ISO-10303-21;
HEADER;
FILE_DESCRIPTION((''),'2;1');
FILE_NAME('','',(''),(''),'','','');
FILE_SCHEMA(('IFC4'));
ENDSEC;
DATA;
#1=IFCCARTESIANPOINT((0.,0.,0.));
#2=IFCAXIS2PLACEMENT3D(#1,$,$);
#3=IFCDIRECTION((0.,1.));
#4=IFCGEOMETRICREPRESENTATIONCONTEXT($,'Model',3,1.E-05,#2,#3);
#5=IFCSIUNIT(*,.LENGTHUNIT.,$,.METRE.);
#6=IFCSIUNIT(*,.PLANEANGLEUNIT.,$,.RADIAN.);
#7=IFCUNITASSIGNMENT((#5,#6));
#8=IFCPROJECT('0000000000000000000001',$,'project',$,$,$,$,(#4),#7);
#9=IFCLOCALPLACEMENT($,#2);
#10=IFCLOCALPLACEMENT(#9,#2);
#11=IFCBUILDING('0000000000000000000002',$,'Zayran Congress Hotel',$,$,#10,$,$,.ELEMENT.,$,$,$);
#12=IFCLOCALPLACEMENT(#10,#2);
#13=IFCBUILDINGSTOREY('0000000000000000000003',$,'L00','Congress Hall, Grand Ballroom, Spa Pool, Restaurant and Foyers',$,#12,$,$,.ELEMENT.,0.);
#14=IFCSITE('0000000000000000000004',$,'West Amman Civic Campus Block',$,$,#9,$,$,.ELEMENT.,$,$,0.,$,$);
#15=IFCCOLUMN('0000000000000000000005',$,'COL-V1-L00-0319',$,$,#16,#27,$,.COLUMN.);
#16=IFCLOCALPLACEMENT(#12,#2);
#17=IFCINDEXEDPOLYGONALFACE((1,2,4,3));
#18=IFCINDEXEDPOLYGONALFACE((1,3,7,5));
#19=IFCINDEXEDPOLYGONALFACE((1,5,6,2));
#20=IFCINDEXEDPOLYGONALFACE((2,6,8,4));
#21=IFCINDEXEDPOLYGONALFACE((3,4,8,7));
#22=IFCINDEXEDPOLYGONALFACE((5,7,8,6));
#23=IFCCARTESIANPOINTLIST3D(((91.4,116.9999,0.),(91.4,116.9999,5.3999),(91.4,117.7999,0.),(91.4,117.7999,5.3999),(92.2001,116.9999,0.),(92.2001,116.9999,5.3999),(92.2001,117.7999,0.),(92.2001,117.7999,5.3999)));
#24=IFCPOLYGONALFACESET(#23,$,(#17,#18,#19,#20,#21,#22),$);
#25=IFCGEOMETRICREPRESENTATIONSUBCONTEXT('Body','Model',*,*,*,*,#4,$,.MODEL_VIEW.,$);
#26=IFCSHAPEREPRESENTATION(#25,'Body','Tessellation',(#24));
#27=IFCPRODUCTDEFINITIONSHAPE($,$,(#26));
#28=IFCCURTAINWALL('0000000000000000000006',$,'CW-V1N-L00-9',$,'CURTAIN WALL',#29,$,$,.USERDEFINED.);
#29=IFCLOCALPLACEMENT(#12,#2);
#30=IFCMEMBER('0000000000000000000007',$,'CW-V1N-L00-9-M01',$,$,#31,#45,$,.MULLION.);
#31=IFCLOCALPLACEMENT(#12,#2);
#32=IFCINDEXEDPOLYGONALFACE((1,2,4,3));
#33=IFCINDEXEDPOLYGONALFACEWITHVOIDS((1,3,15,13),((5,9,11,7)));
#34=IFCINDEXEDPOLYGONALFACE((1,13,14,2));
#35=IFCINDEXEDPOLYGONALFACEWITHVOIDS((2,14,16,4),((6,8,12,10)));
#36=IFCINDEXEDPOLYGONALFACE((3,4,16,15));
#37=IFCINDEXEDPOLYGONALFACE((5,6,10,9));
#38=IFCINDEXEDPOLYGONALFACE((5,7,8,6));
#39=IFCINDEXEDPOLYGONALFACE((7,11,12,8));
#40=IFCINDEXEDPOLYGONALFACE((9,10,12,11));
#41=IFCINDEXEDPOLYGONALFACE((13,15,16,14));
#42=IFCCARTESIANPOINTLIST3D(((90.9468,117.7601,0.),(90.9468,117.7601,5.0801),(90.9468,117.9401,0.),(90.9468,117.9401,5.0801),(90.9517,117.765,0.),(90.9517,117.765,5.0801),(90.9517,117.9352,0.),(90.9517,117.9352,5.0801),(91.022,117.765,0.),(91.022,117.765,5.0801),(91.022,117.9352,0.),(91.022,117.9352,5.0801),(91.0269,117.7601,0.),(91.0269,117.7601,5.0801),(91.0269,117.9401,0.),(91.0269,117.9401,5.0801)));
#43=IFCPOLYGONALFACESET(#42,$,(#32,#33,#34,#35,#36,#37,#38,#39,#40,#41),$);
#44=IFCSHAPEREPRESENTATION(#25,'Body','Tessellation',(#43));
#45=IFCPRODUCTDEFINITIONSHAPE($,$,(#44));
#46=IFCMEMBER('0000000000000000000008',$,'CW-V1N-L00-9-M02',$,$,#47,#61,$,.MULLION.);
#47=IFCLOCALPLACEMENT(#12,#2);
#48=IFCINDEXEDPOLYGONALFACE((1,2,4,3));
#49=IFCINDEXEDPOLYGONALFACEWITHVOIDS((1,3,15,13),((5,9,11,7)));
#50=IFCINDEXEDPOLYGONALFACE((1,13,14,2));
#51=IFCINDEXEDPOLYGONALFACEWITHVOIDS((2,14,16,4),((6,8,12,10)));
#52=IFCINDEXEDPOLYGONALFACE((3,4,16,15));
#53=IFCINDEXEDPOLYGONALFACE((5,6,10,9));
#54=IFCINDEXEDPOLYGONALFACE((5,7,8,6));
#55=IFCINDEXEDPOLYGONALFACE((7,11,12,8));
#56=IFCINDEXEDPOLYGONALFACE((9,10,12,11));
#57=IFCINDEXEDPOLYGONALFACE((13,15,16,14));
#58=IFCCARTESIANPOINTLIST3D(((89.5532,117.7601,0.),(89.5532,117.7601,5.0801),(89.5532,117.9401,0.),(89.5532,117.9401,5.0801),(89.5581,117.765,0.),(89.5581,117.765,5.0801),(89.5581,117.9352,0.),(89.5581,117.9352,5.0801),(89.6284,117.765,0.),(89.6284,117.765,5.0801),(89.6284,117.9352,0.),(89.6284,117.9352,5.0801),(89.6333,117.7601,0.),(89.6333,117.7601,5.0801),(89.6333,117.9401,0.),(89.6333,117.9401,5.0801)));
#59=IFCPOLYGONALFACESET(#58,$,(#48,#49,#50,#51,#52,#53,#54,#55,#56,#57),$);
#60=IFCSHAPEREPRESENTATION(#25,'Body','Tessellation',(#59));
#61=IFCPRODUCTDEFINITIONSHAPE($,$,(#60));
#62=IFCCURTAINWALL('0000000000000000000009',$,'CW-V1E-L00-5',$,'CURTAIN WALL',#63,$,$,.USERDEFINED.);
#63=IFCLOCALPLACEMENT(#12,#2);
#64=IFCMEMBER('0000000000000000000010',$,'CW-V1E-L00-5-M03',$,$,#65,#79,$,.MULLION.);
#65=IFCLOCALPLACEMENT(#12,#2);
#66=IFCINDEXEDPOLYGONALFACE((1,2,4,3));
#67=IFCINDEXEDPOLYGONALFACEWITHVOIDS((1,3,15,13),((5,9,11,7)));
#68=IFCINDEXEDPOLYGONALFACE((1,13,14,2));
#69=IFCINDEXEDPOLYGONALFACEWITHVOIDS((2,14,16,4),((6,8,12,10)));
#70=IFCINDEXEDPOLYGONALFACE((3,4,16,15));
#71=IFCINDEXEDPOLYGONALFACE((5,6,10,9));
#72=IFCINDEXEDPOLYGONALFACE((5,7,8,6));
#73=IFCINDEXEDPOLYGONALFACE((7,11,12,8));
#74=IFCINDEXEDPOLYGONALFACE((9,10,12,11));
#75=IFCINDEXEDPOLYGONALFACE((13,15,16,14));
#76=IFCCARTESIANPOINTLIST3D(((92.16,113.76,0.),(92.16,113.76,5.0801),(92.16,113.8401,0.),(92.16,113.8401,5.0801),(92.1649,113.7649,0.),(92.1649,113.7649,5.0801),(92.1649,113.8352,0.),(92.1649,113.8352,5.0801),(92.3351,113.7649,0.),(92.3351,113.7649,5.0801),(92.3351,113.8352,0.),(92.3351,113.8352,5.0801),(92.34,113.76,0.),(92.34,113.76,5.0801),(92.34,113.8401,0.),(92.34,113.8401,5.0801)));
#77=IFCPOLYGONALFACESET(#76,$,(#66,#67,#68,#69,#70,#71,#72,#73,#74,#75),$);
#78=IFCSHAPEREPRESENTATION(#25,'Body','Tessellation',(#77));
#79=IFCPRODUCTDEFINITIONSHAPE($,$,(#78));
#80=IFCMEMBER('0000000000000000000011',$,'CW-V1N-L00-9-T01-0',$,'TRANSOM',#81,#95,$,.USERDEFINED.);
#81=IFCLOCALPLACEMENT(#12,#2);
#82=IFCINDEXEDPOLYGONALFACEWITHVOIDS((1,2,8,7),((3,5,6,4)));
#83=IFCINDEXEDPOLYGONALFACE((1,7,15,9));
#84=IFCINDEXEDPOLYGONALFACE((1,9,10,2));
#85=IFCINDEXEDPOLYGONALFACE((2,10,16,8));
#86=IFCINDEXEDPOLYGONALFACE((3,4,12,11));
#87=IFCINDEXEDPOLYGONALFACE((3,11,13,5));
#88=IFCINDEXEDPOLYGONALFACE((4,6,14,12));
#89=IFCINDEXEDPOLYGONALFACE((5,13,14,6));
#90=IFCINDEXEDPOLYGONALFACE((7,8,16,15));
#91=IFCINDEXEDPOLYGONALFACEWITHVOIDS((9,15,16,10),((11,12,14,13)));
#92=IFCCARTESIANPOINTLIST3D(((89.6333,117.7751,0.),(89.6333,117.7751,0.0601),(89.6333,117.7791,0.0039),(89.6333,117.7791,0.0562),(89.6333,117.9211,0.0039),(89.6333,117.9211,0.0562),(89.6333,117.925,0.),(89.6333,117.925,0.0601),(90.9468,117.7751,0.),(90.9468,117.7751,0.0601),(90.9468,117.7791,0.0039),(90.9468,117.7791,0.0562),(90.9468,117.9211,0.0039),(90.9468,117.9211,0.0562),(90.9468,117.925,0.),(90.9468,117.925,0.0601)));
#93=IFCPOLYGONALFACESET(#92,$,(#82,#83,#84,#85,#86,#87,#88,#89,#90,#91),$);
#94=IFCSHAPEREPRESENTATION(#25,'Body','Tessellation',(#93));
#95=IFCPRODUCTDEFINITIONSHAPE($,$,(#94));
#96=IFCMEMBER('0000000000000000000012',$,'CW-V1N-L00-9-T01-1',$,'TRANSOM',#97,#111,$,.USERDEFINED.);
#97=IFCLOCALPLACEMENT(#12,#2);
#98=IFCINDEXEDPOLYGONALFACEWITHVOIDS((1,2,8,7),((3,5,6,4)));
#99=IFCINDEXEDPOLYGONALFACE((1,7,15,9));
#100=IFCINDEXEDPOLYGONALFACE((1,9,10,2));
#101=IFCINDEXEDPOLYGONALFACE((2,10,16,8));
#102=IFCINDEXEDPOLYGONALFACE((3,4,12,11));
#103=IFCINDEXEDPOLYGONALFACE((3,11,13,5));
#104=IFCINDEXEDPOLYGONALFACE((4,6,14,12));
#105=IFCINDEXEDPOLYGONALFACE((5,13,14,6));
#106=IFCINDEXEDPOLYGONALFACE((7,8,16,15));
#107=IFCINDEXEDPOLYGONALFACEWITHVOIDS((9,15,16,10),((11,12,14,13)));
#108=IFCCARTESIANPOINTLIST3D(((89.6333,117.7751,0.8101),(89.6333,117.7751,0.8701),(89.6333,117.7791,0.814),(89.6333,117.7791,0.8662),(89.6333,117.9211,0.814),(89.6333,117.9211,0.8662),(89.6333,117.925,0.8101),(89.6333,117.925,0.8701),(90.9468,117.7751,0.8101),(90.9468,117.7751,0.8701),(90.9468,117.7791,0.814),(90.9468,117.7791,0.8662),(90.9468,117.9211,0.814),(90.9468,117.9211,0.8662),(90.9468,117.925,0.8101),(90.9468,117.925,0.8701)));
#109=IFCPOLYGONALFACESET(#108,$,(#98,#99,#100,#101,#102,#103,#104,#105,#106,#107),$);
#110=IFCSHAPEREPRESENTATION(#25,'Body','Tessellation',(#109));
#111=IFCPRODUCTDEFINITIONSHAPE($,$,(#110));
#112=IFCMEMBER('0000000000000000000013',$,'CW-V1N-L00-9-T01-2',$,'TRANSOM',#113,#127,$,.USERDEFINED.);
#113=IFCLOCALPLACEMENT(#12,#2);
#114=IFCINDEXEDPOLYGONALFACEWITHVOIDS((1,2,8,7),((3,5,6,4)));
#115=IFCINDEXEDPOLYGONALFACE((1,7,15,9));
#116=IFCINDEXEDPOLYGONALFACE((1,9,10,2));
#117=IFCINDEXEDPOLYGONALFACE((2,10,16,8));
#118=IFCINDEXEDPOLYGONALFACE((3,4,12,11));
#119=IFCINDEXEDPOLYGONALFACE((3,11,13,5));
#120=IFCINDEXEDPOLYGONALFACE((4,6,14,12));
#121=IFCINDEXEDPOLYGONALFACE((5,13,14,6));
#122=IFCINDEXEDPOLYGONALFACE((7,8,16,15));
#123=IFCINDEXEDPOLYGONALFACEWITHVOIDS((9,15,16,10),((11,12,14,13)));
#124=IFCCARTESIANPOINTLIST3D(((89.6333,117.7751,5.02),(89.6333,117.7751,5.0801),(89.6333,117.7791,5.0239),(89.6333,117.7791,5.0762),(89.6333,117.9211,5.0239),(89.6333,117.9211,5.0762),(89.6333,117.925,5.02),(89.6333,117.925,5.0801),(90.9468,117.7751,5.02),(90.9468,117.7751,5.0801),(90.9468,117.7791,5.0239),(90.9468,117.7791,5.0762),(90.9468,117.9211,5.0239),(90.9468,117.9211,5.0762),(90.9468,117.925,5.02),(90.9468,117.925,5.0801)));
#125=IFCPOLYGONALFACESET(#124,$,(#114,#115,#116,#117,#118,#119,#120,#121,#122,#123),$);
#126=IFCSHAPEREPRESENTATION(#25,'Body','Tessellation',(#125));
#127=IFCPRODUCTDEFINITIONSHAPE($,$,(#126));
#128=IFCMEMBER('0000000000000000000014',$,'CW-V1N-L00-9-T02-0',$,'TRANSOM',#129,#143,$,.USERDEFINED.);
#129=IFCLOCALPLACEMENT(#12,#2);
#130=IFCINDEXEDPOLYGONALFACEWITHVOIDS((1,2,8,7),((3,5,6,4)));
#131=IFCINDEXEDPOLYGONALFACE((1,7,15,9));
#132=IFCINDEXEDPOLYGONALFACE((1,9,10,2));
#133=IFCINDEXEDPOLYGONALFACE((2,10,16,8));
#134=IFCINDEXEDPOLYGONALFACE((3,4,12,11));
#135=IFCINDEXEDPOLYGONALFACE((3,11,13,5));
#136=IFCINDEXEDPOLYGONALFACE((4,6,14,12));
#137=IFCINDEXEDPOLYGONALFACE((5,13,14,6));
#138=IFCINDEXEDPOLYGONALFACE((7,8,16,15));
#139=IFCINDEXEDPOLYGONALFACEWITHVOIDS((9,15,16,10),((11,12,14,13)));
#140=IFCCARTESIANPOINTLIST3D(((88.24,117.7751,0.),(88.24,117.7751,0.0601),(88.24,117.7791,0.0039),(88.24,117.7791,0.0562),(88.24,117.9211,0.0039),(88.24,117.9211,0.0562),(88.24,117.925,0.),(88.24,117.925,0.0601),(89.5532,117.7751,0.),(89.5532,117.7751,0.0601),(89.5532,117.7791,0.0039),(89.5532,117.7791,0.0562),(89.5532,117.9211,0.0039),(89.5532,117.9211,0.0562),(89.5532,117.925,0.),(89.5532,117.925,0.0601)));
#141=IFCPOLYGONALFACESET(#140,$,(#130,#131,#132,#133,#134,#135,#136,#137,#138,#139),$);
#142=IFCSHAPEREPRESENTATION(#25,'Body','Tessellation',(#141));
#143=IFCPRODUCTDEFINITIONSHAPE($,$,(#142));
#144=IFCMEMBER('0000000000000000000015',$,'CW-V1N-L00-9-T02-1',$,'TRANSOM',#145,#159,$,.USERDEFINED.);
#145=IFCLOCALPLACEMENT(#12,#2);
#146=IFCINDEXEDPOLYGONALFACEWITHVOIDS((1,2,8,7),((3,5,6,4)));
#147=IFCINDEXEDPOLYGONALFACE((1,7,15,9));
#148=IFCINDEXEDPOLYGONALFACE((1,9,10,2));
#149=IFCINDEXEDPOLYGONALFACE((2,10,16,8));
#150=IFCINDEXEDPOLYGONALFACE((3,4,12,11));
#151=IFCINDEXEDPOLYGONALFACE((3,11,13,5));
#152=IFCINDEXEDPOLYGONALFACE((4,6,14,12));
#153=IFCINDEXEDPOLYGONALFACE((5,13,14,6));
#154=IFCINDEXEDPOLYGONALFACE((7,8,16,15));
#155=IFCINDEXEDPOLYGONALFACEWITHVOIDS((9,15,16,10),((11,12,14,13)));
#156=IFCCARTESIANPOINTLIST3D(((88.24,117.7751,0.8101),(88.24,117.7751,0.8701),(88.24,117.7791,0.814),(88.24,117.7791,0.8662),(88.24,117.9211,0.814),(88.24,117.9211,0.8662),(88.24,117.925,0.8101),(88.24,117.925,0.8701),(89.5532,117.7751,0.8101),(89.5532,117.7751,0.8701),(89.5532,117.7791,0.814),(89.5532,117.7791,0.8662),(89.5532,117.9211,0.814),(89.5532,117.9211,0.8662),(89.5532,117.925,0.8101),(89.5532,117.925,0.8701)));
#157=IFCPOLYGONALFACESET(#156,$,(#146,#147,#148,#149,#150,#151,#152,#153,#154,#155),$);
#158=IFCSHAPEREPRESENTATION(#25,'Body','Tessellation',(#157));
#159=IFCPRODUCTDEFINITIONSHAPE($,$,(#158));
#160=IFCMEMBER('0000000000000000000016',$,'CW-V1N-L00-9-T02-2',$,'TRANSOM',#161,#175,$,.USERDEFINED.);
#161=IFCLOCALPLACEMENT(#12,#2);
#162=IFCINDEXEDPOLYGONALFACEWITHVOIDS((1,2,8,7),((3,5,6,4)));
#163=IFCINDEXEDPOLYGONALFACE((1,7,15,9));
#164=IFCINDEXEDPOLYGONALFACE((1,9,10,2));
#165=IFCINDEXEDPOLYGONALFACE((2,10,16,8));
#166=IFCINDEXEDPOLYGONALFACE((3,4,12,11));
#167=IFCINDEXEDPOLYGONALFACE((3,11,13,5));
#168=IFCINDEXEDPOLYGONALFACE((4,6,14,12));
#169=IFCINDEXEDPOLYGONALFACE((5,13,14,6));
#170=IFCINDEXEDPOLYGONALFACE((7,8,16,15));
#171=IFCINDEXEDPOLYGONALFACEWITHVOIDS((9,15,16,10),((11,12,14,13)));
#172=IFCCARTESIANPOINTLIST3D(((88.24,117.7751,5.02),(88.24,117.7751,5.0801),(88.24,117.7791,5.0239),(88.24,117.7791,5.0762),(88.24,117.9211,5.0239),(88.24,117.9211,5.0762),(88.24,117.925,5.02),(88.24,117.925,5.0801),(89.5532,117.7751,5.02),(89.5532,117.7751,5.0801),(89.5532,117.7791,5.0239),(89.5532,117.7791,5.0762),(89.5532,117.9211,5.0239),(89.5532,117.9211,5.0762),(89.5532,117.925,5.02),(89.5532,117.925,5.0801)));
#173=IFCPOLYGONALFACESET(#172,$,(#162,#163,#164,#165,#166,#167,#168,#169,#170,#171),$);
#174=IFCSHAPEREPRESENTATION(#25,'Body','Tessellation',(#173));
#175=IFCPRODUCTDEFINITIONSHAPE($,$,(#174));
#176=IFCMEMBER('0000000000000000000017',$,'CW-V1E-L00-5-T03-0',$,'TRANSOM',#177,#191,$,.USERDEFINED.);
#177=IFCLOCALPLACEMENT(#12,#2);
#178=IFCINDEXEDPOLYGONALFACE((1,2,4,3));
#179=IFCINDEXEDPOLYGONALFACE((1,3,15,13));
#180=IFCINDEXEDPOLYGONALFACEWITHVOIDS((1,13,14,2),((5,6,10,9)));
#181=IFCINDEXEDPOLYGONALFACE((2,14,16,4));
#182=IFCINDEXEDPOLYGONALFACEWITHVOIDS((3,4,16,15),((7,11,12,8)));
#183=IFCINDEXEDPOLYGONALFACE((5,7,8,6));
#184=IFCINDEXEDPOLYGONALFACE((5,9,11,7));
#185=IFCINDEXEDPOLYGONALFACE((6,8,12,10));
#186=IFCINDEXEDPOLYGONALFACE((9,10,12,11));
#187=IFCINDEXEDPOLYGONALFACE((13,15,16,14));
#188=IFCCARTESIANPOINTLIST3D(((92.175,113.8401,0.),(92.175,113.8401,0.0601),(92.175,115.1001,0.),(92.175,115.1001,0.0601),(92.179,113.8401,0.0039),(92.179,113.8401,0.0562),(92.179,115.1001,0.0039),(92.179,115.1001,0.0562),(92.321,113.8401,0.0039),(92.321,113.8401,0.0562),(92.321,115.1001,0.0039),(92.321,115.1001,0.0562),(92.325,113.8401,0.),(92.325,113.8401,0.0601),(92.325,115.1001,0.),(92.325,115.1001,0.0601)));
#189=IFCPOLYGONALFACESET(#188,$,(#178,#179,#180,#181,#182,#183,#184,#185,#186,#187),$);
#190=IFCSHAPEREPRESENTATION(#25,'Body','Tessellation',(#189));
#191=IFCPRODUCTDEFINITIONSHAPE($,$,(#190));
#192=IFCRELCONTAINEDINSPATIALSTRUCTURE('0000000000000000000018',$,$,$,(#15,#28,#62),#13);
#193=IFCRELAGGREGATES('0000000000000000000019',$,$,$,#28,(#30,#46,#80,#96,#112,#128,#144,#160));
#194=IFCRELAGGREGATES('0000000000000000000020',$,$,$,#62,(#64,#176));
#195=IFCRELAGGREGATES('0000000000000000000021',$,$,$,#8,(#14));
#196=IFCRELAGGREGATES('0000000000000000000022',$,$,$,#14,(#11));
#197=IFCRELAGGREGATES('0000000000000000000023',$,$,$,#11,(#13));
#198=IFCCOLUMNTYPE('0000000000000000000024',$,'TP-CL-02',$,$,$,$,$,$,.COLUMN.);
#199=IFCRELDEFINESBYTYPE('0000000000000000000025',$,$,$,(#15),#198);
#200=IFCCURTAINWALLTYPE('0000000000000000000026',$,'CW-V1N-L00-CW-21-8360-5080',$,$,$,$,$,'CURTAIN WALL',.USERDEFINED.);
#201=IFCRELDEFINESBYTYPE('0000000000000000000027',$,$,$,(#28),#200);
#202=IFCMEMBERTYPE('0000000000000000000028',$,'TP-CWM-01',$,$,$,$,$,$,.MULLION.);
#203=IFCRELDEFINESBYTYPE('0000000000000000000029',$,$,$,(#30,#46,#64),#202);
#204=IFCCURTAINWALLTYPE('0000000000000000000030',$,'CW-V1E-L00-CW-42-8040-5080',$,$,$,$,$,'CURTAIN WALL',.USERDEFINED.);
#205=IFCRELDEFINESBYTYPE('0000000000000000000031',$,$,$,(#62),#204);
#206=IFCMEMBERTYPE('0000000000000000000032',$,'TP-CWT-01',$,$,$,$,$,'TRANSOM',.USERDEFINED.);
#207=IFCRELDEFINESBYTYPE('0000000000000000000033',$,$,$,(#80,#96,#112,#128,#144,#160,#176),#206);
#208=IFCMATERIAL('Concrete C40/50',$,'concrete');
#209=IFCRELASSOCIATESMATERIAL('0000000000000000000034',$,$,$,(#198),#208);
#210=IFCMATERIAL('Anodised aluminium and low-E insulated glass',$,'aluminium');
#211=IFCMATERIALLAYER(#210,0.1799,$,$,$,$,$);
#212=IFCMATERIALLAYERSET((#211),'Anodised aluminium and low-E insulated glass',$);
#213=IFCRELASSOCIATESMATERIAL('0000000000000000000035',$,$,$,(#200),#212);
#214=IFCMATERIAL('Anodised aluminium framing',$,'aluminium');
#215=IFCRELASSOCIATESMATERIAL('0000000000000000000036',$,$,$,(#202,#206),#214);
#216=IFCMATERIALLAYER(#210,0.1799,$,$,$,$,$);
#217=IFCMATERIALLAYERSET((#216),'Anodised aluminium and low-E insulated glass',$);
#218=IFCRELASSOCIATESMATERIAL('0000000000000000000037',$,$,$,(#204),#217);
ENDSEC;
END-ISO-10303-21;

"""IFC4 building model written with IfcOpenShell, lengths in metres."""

from ifc_helpers import new_model, si_unit, direction, frame, origin, origin_2d, place, context, subcontext, project, spatial, rectangle, hollow_rectangle, extrude, material, layer, layer_set, material_profile, profile_set, type_object, element, aggregate, save


model = new_model("IFC4")

# Units and contexts
model_context = context("Model", 3, precision=1e-05, world=origin(), true_north=direction((0.0, 1.0)))
body_context = subcontext(model_context, "Body", "Model", "MODEL_VIEW")
ifc_project = project(units=[si_unit("LENGTHUNIT", "METRE"), si_unit("PLANEANGLEUNIT", "RADIAN")], contexts=[model_context])

# Site, building, storey
site_placement = place(None, origin())
site = spatial("IfcSite", under=ifc_project, at=site_placement, Name="West Amman Civic Campus Block", CompositionType="ELEMENT", RefElevation=0.0)
building_placement = place(site_placement, origin())
building = spatial("IfcBuilding", under=site, at=building_placement, Name="Zayran Congress Hotel", CompositionType="ELEMENT")
storey_placement = place(building_placement, origin())
storey = spatial("IfcBuildingStorey", under=building, at=storey_placement, Name="L00", Description="Congress Hall, Grand Ballroom, Spa Pool, Restaurant and Foyers", CompositionType="ELEMENT", Elevation=0.0)

# Column
ifc_material_1 = material(Name="Concrete C40/50", Category="concrete")
ifc_material_profile_1 = material_profile(ifc_material_1, rectangle(XDim=0.8, YDim=0.8, at=origin_2d()), Name="RC 800x800")
ifc_profile_set_1 = profile_set([ifc_material_profile_1], Name="Concrete C40/50")
column_type = type_object("IfcColumnType", Name="TP-CL-02", PredefinedType="COLUMN", material=ifc_profile_set_1)
column_placement = place(storey_placement, frame((91.8, 117.3999, 0.0), z_axis=(0.0, 0.0, 1.0), x_axis=(1.0, 0.0, 0.0)))
element("IfcColumn", 1, at=column_placement, inside=storey, type_object=column_type, Name="COL-V1-L00-0319", PredefinedType="COLUMN", context=body_context, shape_type="SweptSolid", body=[
    extrude(rectangle(XDim=0.8, YDim=0.8, at=origin_2d()), origin(), (0.0, 0.0, 1.0), 5.3999),
])

# Curtain wall, members
ifc_material_2 = material(Name="Anodised aluminium and low-E insulated glass", Category="aluminium")
ifc_layer_1 = layer(ifc_material_2, 0.1799)
ifc_layer_set_1 = layer_set([ifc_layer_1], Name="Anodised aluminium and low-E insulated glass")
curtain_wall_type_1 = type_object("IfcCurtainWallType", Name="CW-V1N-L00-CW-21-8360-5080", ElementType="CURTAIN WALL", PredefinedType="USERDEFINED", material=ifc_layer_set_1)
curtain_wall_1_placement = place(storey_placement, origin())
curtain_wall_1 = element("IfcCurtainWall", 2, at=curtain_wall_1_placement, inside=storey, type_object=curtain_wall_type_1, Name="CW-V1N-L00-9", ObjectType="CURTAIN WALL", PredefinedType="USERDEFINED")
ifc_material_3 = material(Name="Anodised aluminium framing", Category="aluminium")
ifc_material_profile_2 = material_profile(ifc_material_3, hollow_rectangle(XDim=0.0801, YDim=0.1799, WallThickness=0.0049, at=origin_2d()), Name="RHS 180x80x5")
ifc_profile_set_2 = profile_set([ifc_material_profile_2], Name="Anodised aluminium framing")
member_type_1 = type_object("IfcMemberType", Name="TP-CWM-01", PredefinedType="MULLION", material=ifc_profile_set_2)
member_1_placement = place(storey_placement, frame((90.9868, 117.8501, 0.0), z_axis=(0.0, 0.0, 1.0), x_axis=(1.0, 0.0, 0.0)))
member_1 = element("IfcMember", 3, at=member_1_placement, type_object=member_type_1, Name="CW-V1N-L00-9-M01", PredefinedType="MULLION", context=body_context, shape_type="SweptSolid", body=[
    extrude(hollow_rectangle(XDim=0.0801, YDim=0.1799, WallThickness=0.0049, at=origin_2d()), origin(), (0.0, 0.0, 1.0), 5.0801),
])
member_2_placement = place(storey_placement, frame((89.5933, 117.8501, 0.0), z_axis=(0.0, 0.0, 1.0), x_axis=(1.0, 0.0, 0.0)))
member_2 = element("IfcMember", 4, at=member_2_placement, type_object=member_type_1, Name="CW-V1N-L00-9-M02", PredefinedType="MULLION", context=body_context, shape_type="SweptSolid", body=[
    extrude(hollow_rectangle(XDim=0.0801, YDim=0.1799, WallThickness=0.0049, at=origin_2d()), origin(), (0.0, 0.0, 1.0), 5.0801),
])

# Curtain wall, member
ifc_layer_2 = layer(ifc_material_2, 0.1799)
ifc_layer_set_2 = layer_set([ifc_layer_2], Name="Anodised aluminium and low-E insulated glass")
curtain_wall_type_2 = type_object("IfcCurtainWallType", Name="CW-V1E-L00-CW-42-8040-5080", ElementType="CURTAIN WALL", PredefinedType="USERDEFINED", material=ifc_layer_set_2)
curtain_wall_2_placement = place(storey_placement, origin())
curtain_wall_2 = element("IfcCurtainWall", 5, at=curtain_wall_2_placement, inside=storey, type_object=curtain_wall_type_2, Name="CW-V1E-L00-5", ObjectType="CURTAIN WALL", PredefinedType="USERDEFINED")
member_3_placement = place(storey_placement, frame((92.25, 113.8, 0.0), z_axis=(0.0, 0.0, 1.0), x_axis=(0.0, 1.0, 0.0)))
member_3 = element("IfcMember", 6, at=member_3_placement, type_object=member_type_1, Name="CW-V1E-L00-5-M03", PredefinedType="MULLION", context=body_context, shape_type="SweptSolid", body=[
    extrude(hollow_rectangle(XDim=0.0801, YDim=0.1799, WallThickness=0.0049, at=origin_2d()), origin(), (0.0, 0.0, 1.0), 5.0801),
])

# Members
ifc_material_profile_3 = material_profile(ifc_material_3, hollow_rectangle(XDim=0.0601, YDim=0.1499, WallThickness=0.0039, at=origin_2d()), Name="RHS 150x60x4")
ifc_profile_set_3 = profile_set([ifc_material_profile_3], Name="Anodised aluminium framing")
member_type_2 = type_object("IfcMemberType", Name="TP-CWT-01", ElementType="TRANSOM", PredefinedType="USERDEFINED", material=ifc_profile_set_3)
member_4_placement = place(storey_placement, frame((90.9468, 117.8501, 0.03), z_axis=(-1.0, 0.0, 0.0), x_axis=(0.0, 0.0, 1.0)))
member_4 = element("IfcMember", 7, at=member_4_placement, type_object=member_type_2, Name="CW-V1N-L00-9-T01-0", ObjectType="TRANSOM", PredefinedType="USERDEFINED", context=body_context, shape_type="SweptSolid", body=[
    extrude(hollow_rectangle(XDim=0.0601, YDim=0.1499, WallThickness=0.0039, at=origin_2d()), origin(), (0.0, 0.0, 1.0), 1.3135),
])
member_5_placement = place(storey_placement, frame((90.9468, 117.8501, 0.8401), z_axis=(-1.0, 0.0, 0.0), x_axis=(0.0, 0.0, 1.0)))
member_5 = element("IfcMember", 8, at=member_5_placement, type_object=member_type_2, Name="CW-V1N-L00-9-T01-1", ObjectType="TRANSOM", PredefinedType="USERDEFINED", context=body_context, shape_type="SweptSolid", body=[
    extrude(hollow_rectangle(XDim=0.0601, YDim=0.1499, WallThickness=0.0039, at=origin_2d()), origin(), (0.0, 0.0, 1.0), 1.3135),
])
member_6_placement = place(storey_placement, frame((90.9468, 117.8501, 5.05), z_axis=(-1.0, 0.0, 0.0), x_axis=(0.0, 0.0, 1.0)))
member_6 = element("IfcMember", 9, at=member_6_placement, type_object=member_type_2, Name="CW-V1N-L00-9-T01-2", ObjectType="TRANSOM", PredefinedType="USERDEFINED", context=body_context, shape_type="SweptSolid", body=[
    extrude(hollow_rectangle(XDim=0.0601, YDim=0.1499, WallThickness=0.0039, at=origin_2d()), origin(), (0.0, 0.0, 1.0), 1.3135),
])
member_7_placement = place(storey_placement, frame((89.5532, 117.8501, 0.03), z_axis=(-1.0, 0.0, 0.0), x_axis=(0.0, 0.0, 1.0)))
member_7 = element("IfcMember", 10, at=member_7_placement, type_object=member_type_2, Name="CW-V1N-L00-9-T02-0", ObjectType="TRANSOM", PredefinedType="USERDEFINED", context=body_context, shape_type="SweptSolid", body=[
    extrude(hollow_rectangle(XDim=0.0601, YDim=0.1499, WallThickness=0.0039, at=origin_2d()), origin(), (0.0, 0.0, 1.0), 1.3132),
])
member_8_placement = place(storey_placement, frame((89.5532, 117.8501, 0.8401), z_axis=(-1.0, 0.0, 0.0), x_axis=(0.0, 0.0, 1.0)))
member_8 = element("IfcMember", 11, at=member_8_placement, type_object=member_type_2, Name="CW-V1N-L00-9-T02-1", ObjectType="TRANSOM", PredefinedType="USERDEFINED", context=body_context, shape_type="SweptSolid", body=[
    extrude(hollow_rectangle(XDim=0.0601, YDim=0.1499, WallThickness=0.0039, at=origin_2d()), origin(), (0.0, 0.0, 1.0), 1.3132),
])
member_9_placement = place(storey_placement, frame((89.5532, 117.8501, 5.05), z_axis=(-1.0, 0.0, 0.0), x_axis=(0.0, 0.0, 1.0)))
member_9 = element("IfcMember", 12, at=member_9_placement, type_object=member_type_2, Name="CW-V1N-L00-9-T02-2", ObjectType="TRANSOM", PredefinedType="USERDEFINED", context=body_context, shape_type="SweptSolid", body=[
    extrude(hollow_rectangle(XDim=0.0601, YDim=0.1499, WallThickness=0.0039, at=origin_2d()), origin(), (0.0, 0.0, 1.0), 1.3132),
])
member_10_placement = place(storey_placement, frame((92.25, 113.8401, 0.03), z_axis=(0.0, 1.0, 0.0), x_axis=(0.0, 0.0, 1.0)))
member_10 = element("IfcMember", 13, at=member_10_placement, type_object=member_type_2, Name="CW-V1E-L00-5-T03-0", ObjectType="TRANSOM", PredefinedType="USERDEFINED", context=body_context, shape_type="SweptSolid", body=[
    extrude(hollow_rectangle(XDim=0.0601, YDim=0.1499, WallThickness=0.0039, at=origin_2d()), origin(), (0.0, 0.0, 1.0), 1.26),
])

aggregate(curtain_wall_1, [member_1, member_2, member_4, member_5, member_6, member_7, member_8, member_9])
aggregate(curtain_wall_2, [member_3, member_10])

save(model, "model.ifc")
